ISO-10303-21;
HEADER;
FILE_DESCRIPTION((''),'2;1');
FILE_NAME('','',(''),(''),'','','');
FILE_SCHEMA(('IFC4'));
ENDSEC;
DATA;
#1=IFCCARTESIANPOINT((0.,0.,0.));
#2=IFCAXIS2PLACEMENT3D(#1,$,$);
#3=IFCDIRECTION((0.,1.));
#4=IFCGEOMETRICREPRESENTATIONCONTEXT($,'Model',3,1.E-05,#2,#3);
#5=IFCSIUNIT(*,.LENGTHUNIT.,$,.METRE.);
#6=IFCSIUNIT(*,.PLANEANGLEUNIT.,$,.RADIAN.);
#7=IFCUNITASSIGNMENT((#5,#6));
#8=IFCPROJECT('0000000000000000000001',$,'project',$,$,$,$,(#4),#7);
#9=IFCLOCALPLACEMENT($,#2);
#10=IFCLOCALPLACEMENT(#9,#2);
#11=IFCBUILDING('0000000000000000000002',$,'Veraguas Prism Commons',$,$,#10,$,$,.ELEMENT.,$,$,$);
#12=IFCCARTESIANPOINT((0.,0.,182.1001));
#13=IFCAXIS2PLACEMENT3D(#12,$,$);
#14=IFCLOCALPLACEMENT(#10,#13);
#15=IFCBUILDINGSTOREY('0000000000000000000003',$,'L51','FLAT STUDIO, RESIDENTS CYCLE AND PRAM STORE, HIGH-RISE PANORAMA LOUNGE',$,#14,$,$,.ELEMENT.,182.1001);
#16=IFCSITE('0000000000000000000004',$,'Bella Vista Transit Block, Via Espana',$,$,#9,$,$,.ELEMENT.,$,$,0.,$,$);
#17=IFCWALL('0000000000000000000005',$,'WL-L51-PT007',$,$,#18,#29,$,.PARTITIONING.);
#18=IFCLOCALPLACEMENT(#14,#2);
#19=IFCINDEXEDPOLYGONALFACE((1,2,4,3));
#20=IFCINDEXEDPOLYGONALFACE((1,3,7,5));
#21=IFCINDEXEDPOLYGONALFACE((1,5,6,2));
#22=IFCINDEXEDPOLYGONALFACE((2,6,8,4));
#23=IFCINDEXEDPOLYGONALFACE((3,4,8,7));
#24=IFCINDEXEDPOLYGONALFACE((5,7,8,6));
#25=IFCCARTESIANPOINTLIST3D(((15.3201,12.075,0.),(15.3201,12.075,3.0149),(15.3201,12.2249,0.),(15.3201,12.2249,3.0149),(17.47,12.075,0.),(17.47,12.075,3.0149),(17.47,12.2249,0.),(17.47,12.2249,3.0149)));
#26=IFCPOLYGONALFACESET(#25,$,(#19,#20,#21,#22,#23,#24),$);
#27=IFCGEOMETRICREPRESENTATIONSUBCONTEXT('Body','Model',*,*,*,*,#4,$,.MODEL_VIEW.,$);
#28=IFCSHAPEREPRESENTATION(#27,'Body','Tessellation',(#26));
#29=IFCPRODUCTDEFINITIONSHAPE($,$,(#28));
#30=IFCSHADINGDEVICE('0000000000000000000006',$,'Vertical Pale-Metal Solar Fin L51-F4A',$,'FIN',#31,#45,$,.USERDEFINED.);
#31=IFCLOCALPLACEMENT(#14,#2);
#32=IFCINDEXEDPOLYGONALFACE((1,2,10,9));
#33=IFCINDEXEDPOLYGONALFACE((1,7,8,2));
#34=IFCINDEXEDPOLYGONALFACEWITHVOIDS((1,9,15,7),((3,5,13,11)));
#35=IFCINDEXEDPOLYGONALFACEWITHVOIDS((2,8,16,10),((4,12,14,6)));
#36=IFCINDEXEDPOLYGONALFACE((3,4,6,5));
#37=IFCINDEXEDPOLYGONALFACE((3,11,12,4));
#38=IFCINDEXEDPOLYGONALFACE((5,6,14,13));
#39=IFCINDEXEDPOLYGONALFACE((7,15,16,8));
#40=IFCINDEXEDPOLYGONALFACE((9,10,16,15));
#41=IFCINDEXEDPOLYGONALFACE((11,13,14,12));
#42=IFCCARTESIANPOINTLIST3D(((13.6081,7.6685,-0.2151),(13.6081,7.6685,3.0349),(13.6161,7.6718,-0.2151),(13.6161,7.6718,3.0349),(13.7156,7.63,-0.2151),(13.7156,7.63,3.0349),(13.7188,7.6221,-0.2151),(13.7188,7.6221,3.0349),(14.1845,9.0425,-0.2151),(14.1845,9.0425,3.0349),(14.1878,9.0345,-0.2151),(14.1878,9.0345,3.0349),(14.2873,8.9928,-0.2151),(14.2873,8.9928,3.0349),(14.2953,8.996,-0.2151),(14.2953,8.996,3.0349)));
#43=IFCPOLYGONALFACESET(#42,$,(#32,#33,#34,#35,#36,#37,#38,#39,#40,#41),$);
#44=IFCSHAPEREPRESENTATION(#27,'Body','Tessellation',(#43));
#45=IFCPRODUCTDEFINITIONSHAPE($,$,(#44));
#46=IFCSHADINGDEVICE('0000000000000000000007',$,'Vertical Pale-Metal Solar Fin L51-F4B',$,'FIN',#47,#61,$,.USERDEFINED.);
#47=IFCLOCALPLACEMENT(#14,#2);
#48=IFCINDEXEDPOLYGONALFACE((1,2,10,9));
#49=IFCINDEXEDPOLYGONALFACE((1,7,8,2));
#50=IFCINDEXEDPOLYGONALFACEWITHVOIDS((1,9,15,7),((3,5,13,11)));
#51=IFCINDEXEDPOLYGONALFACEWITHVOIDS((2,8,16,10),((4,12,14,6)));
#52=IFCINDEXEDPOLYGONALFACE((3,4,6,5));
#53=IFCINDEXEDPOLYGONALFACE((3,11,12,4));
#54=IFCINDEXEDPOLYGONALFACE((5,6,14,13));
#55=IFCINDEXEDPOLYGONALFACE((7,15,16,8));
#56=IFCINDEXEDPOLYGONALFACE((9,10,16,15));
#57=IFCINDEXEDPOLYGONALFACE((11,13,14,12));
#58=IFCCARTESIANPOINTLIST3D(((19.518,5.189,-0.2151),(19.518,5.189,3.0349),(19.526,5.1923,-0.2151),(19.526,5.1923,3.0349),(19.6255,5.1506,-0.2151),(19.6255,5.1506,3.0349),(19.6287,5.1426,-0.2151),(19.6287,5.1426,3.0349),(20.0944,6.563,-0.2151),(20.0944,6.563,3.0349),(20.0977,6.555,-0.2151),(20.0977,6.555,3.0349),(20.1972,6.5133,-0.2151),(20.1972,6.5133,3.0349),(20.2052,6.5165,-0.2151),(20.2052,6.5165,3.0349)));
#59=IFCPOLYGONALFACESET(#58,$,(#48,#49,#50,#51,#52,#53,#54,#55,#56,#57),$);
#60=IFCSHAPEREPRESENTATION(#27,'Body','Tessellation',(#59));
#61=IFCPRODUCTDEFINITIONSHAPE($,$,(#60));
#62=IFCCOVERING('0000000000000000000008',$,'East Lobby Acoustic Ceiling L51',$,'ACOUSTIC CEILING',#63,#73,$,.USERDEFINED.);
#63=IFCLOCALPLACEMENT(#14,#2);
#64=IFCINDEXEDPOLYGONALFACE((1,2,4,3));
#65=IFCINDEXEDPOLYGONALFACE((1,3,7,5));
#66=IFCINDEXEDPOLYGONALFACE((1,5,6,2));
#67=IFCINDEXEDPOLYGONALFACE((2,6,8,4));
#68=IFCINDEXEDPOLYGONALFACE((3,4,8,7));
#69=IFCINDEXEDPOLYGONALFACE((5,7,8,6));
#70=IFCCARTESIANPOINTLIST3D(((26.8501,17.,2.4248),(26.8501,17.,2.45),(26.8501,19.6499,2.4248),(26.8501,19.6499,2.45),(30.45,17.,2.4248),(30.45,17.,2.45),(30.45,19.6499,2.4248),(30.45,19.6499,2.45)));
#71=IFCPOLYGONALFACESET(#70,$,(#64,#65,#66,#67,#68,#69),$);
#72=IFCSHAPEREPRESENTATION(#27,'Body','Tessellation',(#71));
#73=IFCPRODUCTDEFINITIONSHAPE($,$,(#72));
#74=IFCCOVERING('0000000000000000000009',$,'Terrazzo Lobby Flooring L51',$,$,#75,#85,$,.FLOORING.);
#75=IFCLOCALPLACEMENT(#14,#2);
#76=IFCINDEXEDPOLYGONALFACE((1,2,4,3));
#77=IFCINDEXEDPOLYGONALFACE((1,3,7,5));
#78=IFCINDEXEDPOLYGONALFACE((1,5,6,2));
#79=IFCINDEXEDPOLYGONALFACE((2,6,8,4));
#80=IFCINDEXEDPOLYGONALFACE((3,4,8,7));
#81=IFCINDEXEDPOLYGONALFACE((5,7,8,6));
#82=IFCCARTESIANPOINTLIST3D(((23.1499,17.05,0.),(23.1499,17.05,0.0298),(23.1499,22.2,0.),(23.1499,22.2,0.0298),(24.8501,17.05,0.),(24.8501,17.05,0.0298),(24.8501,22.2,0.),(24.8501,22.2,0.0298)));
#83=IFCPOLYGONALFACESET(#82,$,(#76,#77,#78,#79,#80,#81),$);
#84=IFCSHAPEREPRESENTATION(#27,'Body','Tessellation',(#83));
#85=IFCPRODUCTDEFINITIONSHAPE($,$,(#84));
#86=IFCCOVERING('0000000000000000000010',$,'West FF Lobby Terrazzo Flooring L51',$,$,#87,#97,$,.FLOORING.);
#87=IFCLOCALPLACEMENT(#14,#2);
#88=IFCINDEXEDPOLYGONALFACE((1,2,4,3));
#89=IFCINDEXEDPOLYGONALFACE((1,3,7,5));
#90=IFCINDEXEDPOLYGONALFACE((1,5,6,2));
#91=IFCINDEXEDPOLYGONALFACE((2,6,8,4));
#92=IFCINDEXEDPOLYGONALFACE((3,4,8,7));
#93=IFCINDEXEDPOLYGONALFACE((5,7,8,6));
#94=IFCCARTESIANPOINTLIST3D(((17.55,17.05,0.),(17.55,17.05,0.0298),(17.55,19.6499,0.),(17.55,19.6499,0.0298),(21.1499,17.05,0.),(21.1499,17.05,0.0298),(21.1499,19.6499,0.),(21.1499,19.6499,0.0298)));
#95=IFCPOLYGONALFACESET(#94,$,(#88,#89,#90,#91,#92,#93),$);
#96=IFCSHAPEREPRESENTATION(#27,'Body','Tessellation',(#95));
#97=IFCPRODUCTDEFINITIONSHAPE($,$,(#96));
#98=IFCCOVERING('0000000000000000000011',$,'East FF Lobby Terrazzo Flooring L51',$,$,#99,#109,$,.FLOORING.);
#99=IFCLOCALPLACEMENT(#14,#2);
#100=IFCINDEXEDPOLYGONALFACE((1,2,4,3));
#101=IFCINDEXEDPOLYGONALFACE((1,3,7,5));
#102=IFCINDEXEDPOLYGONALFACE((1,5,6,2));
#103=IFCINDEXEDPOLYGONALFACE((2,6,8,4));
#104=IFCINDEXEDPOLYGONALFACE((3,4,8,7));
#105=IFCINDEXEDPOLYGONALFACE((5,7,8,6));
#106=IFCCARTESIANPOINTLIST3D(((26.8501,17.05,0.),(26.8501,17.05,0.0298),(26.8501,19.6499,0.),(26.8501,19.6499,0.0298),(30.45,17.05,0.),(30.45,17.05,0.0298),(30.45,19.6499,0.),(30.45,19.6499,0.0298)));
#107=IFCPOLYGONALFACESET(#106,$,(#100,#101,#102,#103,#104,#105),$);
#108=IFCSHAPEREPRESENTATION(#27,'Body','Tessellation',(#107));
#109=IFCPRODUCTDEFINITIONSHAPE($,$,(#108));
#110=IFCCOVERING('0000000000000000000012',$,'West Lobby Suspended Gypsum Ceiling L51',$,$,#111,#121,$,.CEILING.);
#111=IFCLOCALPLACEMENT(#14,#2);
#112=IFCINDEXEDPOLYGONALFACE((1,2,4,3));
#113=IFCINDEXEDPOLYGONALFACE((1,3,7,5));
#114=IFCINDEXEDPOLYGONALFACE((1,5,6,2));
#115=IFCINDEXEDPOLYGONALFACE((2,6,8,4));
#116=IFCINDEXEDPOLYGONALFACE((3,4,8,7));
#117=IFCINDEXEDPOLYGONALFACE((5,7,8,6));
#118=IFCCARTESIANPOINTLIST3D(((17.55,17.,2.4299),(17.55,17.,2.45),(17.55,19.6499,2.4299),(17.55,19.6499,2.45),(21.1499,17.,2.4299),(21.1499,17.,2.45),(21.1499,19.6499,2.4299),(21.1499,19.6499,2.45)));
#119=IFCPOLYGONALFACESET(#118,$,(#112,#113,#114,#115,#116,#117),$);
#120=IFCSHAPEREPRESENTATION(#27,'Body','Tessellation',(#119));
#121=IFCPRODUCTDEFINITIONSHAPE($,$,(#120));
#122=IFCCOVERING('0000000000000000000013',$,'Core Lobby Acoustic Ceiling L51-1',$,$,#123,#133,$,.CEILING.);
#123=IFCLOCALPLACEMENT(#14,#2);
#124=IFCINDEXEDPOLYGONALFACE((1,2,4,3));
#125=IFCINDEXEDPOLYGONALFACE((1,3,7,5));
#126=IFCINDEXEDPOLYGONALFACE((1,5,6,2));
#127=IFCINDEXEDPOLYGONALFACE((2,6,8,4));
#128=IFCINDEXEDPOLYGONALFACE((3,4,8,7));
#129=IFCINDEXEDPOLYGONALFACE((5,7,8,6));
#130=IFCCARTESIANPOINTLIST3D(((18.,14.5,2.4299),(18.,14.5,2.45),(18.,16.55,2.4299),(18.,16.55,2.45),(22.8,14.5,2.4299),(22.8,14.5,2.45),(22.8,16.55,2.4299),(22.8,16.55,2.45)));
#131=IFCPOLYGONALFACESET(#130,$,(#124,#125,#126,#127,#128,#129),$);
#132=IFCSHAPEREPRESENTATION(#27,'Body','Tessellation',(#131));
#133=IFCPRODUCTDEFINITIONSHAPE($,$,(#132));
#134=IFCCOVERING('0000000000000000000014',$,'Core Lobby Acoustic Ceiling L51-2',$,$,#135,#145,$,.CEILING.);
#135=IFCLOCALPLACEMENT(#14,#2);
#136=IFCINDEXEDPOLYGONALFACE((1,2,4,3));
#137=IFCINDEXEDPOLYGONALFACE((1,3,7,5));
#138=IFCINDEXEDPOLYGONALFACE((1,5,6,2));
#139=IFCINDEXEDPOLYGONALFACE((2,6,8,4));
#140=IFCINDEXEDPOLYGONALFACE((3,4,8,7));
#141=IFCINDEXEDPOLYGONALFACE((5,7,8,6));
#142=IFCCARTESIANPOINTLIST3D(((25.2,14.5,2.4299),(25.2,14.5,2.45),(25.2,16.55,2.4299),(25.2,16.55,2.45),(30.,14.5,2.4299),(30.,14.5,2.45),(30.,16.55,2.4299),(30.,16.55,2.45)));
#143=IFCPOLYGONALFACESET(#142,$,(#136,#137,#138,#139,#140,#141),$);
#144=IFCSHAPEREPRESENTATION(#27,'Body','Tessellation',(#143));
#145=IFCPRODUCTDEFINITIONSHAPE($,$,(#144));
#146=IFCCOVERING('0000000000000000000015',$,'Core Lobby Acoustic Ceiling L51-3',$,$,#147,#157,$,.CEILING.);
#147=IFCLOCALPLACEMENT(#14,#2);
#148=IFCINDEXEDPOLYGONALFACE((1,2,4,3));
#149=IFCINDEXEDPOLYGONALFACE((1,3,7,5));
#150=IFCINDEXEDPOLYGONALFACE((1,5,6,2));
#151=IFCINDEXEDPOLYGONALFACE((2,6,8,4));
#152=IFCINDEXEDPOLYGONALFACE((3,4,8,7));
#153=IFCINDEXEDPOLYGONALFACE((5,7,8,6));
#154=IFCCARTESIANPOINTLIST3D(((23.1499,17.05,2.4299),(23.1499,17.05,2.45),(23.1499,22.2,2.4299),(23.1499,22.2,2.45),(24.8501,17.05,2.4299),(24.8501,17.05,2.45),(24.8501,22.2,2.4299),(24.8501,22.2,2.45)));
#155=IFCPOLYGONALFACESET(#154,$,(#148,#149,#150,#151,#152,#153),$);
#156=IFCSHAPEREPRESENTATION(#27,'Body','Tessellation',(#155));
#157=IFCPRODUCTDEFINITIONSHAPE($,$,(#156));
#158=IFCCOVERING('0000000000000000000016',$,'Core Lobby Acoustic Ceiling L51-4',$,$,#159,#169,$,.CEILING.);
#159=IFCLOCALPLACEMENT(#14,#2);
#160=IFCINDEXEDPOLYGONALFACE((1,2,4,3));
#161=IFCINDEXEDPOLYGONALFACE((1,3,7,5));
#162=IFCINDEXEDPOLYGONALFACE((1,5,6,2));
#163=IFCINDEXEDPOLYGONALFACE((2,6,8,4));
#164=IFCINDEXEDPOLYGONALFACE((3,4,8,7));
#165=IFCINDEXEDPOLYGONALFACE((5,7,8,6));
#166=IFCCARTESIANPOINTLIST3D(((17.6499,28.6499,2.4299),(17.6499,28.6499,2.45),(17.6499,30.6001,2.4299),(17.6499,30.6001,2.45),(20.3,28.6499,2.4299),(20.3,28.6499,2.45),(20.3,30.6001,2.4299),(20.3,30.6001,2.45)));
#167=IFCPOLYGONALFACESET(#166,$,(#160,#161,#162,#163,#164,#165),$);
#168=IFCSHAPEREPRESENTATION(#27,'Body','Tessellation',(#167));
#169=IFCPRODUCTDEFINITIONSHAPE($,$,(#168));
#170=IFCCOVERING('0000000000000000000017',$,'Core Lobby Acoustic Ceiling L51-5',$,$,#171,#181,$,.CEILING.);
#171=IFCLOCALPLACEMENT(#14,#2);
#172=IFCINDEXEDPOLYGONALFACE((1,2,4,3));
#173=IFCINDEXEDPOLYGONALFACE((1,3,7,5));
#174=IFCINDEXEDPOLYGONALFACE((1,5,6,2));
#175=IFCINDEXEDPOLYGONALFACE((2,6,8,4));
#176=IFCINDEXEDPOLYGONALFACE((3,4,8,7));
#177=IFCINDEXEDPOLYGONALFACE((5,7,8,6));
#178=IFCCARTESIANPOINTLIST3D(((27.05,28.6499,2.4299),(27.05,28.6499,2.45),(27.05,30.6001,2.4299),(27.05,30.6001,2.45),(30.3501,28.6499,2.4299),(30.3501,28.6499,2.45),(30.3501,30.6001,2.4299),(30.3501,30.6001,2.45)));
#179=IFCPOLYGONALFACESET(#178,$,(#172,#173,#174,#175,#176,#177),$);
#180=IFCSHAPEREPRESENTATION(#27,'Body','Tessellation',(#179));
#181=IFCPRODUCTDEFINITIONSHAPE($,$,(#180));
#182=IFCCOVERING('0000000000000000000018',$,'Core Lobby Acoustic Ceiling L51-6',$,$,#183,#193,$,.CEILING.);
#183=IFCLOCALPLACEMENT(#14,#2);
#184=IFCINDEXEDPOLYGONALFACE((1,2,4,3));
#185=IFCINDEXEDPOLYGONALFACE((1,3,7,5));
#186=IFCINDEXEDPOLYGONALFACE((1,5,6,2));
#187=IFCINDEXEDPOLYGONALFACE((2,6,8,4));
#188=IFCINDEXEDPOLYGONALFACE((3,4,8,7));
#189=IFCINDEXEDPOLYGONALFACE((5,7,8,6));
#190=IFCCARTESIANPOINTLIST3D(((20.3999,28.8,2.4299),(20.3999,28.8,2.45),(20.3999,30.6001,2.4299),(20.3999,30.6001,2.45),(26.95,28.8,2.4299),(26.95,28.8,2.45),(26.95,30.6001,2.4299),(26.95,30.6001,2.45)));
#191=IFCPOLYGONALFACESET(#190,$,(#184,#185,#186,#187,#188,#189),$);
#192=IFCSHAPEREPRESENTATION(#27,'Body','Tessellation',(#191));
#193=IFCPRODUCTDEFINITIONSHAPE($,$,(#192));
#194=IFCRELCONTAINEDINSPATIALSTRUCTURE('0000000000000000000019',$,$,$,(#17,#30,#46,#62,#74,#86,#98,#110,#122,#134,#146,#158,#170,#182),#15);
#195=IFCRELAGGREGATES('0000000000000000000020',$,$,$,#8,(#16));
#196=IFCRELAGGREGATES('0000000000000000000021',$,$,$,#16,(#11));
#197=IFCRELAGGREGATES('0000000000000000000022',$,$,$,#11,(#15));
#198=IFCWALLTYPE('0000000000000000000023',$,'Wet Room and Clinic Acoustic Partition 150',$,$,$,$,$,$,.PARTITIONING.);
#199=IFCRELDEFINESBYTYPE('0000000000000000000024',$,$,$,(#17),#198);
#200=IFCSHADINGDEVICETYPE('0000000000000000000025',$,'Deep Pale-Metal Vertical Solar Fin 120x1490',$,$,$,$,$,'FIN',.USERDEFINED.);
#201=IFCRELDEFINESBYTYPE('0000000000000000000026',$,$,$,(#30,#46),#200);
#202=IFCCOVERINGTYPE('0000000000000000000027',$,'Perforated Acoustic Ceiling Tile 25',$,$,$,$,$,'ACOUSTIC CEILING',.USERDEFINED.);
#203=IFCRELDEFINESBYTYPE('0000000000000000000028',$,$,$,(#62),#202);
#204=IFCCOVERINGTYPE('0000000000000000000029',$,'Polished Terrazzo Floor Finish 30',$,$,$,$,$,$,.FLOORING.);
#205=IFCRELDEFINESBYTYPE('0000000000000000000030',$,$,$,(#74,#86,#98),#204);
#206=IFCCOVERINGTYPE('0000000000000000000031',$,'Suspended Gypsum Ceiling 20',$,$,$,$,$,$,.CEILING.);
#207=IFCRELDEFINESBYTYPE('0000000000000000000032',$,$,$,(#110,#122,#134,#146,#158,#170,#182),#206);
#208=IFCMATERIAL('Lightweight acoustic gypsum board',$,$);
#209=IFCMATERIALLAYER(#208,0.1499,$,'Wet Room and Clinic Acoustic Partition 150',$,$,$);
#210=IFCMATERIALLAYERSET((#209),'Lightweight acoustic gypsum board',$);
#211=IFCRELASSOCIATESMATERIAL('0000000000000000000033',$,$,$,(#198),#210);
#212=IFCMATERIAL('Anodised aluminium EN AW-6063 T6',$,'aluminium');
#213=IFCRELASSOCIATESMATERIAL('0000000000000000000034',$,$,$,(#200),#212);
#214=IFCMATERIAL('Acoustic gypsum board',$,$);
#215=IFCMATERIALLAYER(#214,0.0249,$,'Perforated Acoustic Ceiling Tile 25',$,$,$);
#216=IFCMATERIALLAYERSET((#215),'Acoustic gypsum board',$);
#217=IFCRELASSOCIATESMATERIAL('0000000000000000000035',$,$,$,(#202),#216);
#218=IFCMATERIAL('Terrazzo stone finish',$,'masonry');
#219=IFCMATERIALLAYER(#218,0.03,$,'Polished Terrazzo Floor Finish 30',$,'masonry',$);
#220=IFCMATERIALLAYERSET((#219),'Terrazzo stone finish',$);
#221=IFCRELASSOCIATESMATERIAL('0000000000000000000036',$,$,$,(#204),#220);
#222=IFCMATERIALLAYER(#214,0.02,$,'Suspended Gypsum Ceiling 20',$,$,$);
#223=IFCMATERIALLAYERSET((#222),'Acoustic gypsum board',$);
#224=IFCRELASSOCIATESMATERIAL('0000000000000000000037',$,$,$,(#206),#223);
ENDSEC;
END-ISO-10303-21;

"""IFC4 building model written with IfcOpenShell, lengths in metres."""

from ifc_helpers import new_model, si_unit, direction, frame, frame_2d, origin, origin_2d, place, context, subcontext, project, spatial, polyline, rectangle, hollow_rectangle, outline, extrude, material, layer, layer_set, material_profile, profile_set, type_object, element, save


model = new_model("IFC4")

# Units and contexts
model_context = context("Model", 3, precision=1e-05, world=origin(), true_north=direction((0.0, 1.0)))
body_context = subcontext(model_context, "Body", "Model", "MODEL_VIEW")
ifc_project = project(units=[si_unit("LENGTHUNIT", "METRE"), si_unit("PLANEANGLEUNIT", "RADIAN")], contexts=[model_context])

# Site, building, storey
site_placement = place(None, origin())
site = spatial("IfcSite", under=ifc_project, at=site_placement, Name="Bella Vista Transit Block, Via Espana", CompositionType="ELEMENT", RefElevation=0.0)
building_placement = place(site_placement, origin())
building = spatial("IfcBuilding", under=site, at=building_placement, Name="Veraguas Prism Commons", CompositionType="ELEMENT")
storey_placement = place(building_placement, frame((0.0, 0.0, 182.1001)))
storey = spatial("IfcBuildingStorey", under=building, at=storey_placement, Name="L51", Description="FLAT STUDIO, RESIDENTS CYCLE AND PRAM STORE, HIGH-RISE PANORAMA LOUNGE", CompositionType="ELEMENT", Elevation=182.1001)

# Shared definitions
ifc_material_1 = material(Name="Anodised aluminium EN AW-6063 T6", Category="aluminium")

# Wall
ifc_material_2 = material(Name="Lightweight acoustic gypsum board")
ifc_layer_1 = layer(ifc_material_2, 0.1499, Name="Wet Room and Clinic Acoustic Partition 150")
ifc_layer_set_1 = layer_set([ifc_layer_1], Name="Lightweight acoustic gypsum board")
wall_type = type_object("IfcWallType", Name="Wet Room and Clinic Acoustic Partition 150", PredefinedType="PARTITIONING", material=ifc_layer_set_1)
wall_placement = place(storey_placement, frame((15.3201, 12.1499, 0.0), z_axis=(0.0, 0.0, 1.0), x_axis=(1.0, 0.0, 0.0)))
element("IfcWall", 1, at=wall_placement, inside=storey, type_object=wall_type, Name="WL-L51-PT007", PredefinedType="PARTITIONING", context=body_context, shape_type="SweptSolid", body=[
    extrude(rectangle(XDim=2.1499, YDim=0.1499, at=frame_2d((1.075, 0.0))), origin(), (0.0, 0.0, 1.0), 3.0149),
])

# Shading devices
ifc_material_profile_1 = material_profile(ifc_material_1, hollow_rectangle(XDim=0.1201, YDim=1.49, WallThickness=0.0061, at=origin_2d()), Name="FIN120X1490X6")
ifc_profile_set_1 = profile_set([ifc_material_profile_1], Name="Anodised aluminium EN AW-6063 T6")
shading_device_type = type_object("IfcShadingDeviceType", Name="Deep Pale-Metal Vertical Solar Fin 120x1490", ElementType="FIN", PredefinedType="USERDEFINED", material=ifc_profile_set_1)
for number, where, z_axis, x_axis, name in (
    (2, (13.9517, 8.3323, -0.2151), (0.0, 0.0, 1.0), (0.922134, -0.38687, 0.0), "Vertical Pale-Metal Solar Fin L51-F4A"),
    (3, (19.8616, 5.8528, -0.2151), (0.0, 0.0, 1.0), (0.922134, -0.38687, 0.0), "Vertical Pale-Metal Solar Fin L51-F4B"),
):
    element("IfcShadingDevice", number, at=place(storey_placement, frame(where, z_axis=z_axis, x_axis=x_axis)), inside=storey, type_object=shading_device_type, Name=name, ObjectType="FIN", PredefinedType="USERDEFINED", context=body_context, shape_type="SweptSolid", body=[
        extrude(hollow_rectangle(XDim=0.1201, YDim=1.49, WallThickness=0.0061, at=origin_2d()), origin(), (0.0, 0.0, 1.0), 3.25),
    ])

# Coverings
ifc_material_3 = material(Name="Acoustic gypsum board")
ifc_layer_2 = layer(ifc_material_3, 0.0249, Name="Perforated Acoustic Ceiling Tile 25")
ifc_layer_set_2 = layer_set([ifc_layer_2], Name="Acoustic gypsum board")
covering_type_1 = type_object("IfcCoveringType", Name="Perforated Acoustic Ceiling Tile 25", ElementType="ACOUSTIC CEILING", PredefinedType="USERDEFINED", material=ifc_layer_set_2)
covering_1_placement = place(storey_placement, frame((0.0, 0.0, 2.4248)))
element("IfcCovering", 4, at=covering_1_placement, inside=storey, type_object=covering_type_1, Name="East Lobby Acoustic Ceiling L51", ObjectType="ACOUSTIC CEILING", PredefinedType="USERDEFINED", context=body_context, shape_type="SweptSolid", body=[
    extrude(outline(polyline([(26.8501, 17.0), (30.45, 17.0), (30.45, 19.6499), (26.8501, 19.6499), (26.8501, 17.0)])), origin(), (0.0, 0.0, 1.0), 0.0251),
])
ifc_material_4 = material(Name="Terrazzo stone finish", Category="masonry")
ifc_layer_3 = layer(ifc_material_4, 0.03, Name="Polished Terrazzo Floor Finish 30", Category="masonry")
ifc_layer_set_3 = layer_set([ifc_layer_3], Name="Terrazzo stone finish")
covering_type_2 = type_object("IfcCoveringType", Name="Polished Terrazzo Floor Finish 30", PredefinedType="FLOORING", material=ifc_layer_set_3)
covering_2_placement = place(storey_placement, origin())
element("IfcCovering", 5, at=covering_2_placement, inside=storey, type_object=covering_type_2, Name="Terrazzo Lobby Flooring L51", PredefinedType="FLOORING", context=body_context, shape_type="SweptSolid", body=[
    extrude(outline(polyline([(23.1499, 17.05), (24.8501, 17.05), (24.8501, 22.2), (23.1499, 22.2), (23.1499, 17.05)])), origin(), (0.0, 0.0, 1.0), 0.0298),
])
covering_3_placement = place(storey_placement, origin())
element("IfcCovering", 6, at=covering_3_placement, inside=storey, type_object=covering_type_2, Name="West FF Lobby Terrazzo Flooring L51", PredefinedType="FLOORING", context=body_context, shape_type="SweptSolid", body=[
    extrude(outline(polyline([(17.55, 17.05), (21.1499, 17.05), (21.1499, 19.6499), (17.55, 19.6499), (17.55, 17.05)])), origin(), (0.0, 0.0, 1.0), 0.0298),
])
covering_4_placement = place(storey_placement, origin())
element("IfcCovering", 7, at=covering_4_placement, inside=storey, type_object=covering_type_2, Name="East FF Lobby Terrazzo Flooring L51", PredefinedType="FLOORING", context=body_context, shape_type="SweptSolid", body=[
    extrude(outline(polyline([(26.8501, 17.05), (30.45, 17.05), (30.45, 19.6499), (26.8501, 19.6499), (26.8501, 17.05)])), origin(), (0.0, 0.0, 1.0), 0.0298),
])
ifc_layer_4 = layer(ifc_material_3, 0.02, Name="Suspended Gypsum Ceiling 20")
ifc_layer_set_4 = layer_set([ifc_layer_4], Name="Acoustic gypsum board")
covering_type_3 = type_object("IfcCoveringType", Name="Suspended Gypsum Ceiling 20", PredefinedType="CEILING", material=ifc_layer_set_4)
covering_5_placement = place(storey_placement, frame((0.0, 0.0, 2.4299)))
element("IfcCovering", 8, at=covering_5_placement, inside=storey, type_object=covering_type_3, Name="West Lobby Suspended Gypsum Ceiling L51", PredefinedType="CEILING", context=body_context, shape_type="SweptSolid", body=[
    extrude(outline(polyline([(17.55, 17.0), (21.1499, 17.0), (21.1499, 19.6499), (17.55, 19.6499), (17.55, 17.0)])), origin(), (0.0, 0.0, 1.0), 0.02),
])
covering_6_placement = place(storey_placement, frame((0.0, 0.0, 2.4299)))
element("IfcCovering", 9, at=covering_6_placement, inside=storey, type_object=covering_type_3, Name="Core Lobby Acoustic Ceiling L51-1", PredefinedType="CEILING", context=body_context, shape_type="SweptSolid", body=[
    extrude(outline(polyline([(18.0, 14.5), (22.8, 14.5), (22.8, 16.55), (18.0, 16.55), (18.0, 14.5)])), origin(), (0.0, 0.0, 1.0), 0.02),
])
covering_7_placement = place(storey_placement, frame((0.0, 0.0, 2.4299)))
element("IfcCovering", 10, at=covering_7_placement, inside=storey, type_object=covering_type_3, Name="Core Lobby Acoustic Ceiling L51-2", PredefinedType="CEILING", context=body_context, shape_type="SweptSolid", body=[
    extrude(outline(polyline([(25.2, 14.5), (30.0, 14.5), (30.0, 16.55), (25.2, 16.55), (25.2, 14.5)])), origin(), (0.0, 0.0, 1.0), 0.02),
])
covering_8_placement = place(storey_placement, frame((0.0, 0.0, 2.4299)))
element("IfcCovering", 11, at=covering_8_placement, inside=storey, type_object=covering_type_3, Name="Core Lobby Acoustic Ceiling L51-3", PredefinedType="CEILING", context=body_context, shape_type="SweptSolid", body=[
    extrude(outline(polyline([(23.1499, 17.05), (24.8501, 17.05), (24.8501, 22.2), (23.1499, 22.2), (23.1499, 17.05)])), origin(), (0.0, 0.0, 1.0), 0.02),
])
covering_9_placement = place(storey_placement, frame((0.0, 0.0, 2.4299)))
element("IfcCovering", 12, at=covering_9_placement, inside=storey, type_object=covering_type_3, Name="Core Lobby Acoustic Ceiling L51-4", PredefinedType="CEILING", context=body_context, shape_type="SweptSolid", body=[
    extrude(outline(polyline([(17.6499, 28.6499), (20.3, 28.6499), (20.3, 30.6001), (17.6499, 30.6001), (17.6499, 28.6499)])), origin(), (0.0, 0.0, 1.0), 0.02),
])
covering_10_placement = place(storey_placement, frame((0.0, 0.0, 2.4299)))
element("IfcCovering", 13, at=covering_10_placement, inside=storey, type_object=covering_type_3, Name="Core Lobby Acoustic Ceiling L51-5", PredefinedType="CEILING", context=body_context, shape_type="SweptSolid", body=[
    extrude(outline(polyline([(27.05, 28.6499), (30.3501, 28.6499), (30.3501, 30.6001), (27.05, 30.6001), (27.05, 28.6499)])), origin(), (0.0, 0.0, 1.0), 0.02),
])
covering_11_placement = place(storey_placement, frame((0.0, 0.0, 2.4299)))
element("IfcCovering", 14, at=covering_11_placement, inside=storey, type_object=covering_type_3, Name="Core Lobby Acoustic Ceiling L51-6", PredefinedType="CEILING", context=body_context, shape_type="SweptSolid", body=[
    extrude(outline(polyline([(20.3999, 28.8), (26.95, 28.8), (26.95, 30.6001), (20.3999, 30.6001), (20.3999, 28.8)])), origin(), (0.0, 0.0, 1.0), 0.02),
])

save(model, "model.ifc")
